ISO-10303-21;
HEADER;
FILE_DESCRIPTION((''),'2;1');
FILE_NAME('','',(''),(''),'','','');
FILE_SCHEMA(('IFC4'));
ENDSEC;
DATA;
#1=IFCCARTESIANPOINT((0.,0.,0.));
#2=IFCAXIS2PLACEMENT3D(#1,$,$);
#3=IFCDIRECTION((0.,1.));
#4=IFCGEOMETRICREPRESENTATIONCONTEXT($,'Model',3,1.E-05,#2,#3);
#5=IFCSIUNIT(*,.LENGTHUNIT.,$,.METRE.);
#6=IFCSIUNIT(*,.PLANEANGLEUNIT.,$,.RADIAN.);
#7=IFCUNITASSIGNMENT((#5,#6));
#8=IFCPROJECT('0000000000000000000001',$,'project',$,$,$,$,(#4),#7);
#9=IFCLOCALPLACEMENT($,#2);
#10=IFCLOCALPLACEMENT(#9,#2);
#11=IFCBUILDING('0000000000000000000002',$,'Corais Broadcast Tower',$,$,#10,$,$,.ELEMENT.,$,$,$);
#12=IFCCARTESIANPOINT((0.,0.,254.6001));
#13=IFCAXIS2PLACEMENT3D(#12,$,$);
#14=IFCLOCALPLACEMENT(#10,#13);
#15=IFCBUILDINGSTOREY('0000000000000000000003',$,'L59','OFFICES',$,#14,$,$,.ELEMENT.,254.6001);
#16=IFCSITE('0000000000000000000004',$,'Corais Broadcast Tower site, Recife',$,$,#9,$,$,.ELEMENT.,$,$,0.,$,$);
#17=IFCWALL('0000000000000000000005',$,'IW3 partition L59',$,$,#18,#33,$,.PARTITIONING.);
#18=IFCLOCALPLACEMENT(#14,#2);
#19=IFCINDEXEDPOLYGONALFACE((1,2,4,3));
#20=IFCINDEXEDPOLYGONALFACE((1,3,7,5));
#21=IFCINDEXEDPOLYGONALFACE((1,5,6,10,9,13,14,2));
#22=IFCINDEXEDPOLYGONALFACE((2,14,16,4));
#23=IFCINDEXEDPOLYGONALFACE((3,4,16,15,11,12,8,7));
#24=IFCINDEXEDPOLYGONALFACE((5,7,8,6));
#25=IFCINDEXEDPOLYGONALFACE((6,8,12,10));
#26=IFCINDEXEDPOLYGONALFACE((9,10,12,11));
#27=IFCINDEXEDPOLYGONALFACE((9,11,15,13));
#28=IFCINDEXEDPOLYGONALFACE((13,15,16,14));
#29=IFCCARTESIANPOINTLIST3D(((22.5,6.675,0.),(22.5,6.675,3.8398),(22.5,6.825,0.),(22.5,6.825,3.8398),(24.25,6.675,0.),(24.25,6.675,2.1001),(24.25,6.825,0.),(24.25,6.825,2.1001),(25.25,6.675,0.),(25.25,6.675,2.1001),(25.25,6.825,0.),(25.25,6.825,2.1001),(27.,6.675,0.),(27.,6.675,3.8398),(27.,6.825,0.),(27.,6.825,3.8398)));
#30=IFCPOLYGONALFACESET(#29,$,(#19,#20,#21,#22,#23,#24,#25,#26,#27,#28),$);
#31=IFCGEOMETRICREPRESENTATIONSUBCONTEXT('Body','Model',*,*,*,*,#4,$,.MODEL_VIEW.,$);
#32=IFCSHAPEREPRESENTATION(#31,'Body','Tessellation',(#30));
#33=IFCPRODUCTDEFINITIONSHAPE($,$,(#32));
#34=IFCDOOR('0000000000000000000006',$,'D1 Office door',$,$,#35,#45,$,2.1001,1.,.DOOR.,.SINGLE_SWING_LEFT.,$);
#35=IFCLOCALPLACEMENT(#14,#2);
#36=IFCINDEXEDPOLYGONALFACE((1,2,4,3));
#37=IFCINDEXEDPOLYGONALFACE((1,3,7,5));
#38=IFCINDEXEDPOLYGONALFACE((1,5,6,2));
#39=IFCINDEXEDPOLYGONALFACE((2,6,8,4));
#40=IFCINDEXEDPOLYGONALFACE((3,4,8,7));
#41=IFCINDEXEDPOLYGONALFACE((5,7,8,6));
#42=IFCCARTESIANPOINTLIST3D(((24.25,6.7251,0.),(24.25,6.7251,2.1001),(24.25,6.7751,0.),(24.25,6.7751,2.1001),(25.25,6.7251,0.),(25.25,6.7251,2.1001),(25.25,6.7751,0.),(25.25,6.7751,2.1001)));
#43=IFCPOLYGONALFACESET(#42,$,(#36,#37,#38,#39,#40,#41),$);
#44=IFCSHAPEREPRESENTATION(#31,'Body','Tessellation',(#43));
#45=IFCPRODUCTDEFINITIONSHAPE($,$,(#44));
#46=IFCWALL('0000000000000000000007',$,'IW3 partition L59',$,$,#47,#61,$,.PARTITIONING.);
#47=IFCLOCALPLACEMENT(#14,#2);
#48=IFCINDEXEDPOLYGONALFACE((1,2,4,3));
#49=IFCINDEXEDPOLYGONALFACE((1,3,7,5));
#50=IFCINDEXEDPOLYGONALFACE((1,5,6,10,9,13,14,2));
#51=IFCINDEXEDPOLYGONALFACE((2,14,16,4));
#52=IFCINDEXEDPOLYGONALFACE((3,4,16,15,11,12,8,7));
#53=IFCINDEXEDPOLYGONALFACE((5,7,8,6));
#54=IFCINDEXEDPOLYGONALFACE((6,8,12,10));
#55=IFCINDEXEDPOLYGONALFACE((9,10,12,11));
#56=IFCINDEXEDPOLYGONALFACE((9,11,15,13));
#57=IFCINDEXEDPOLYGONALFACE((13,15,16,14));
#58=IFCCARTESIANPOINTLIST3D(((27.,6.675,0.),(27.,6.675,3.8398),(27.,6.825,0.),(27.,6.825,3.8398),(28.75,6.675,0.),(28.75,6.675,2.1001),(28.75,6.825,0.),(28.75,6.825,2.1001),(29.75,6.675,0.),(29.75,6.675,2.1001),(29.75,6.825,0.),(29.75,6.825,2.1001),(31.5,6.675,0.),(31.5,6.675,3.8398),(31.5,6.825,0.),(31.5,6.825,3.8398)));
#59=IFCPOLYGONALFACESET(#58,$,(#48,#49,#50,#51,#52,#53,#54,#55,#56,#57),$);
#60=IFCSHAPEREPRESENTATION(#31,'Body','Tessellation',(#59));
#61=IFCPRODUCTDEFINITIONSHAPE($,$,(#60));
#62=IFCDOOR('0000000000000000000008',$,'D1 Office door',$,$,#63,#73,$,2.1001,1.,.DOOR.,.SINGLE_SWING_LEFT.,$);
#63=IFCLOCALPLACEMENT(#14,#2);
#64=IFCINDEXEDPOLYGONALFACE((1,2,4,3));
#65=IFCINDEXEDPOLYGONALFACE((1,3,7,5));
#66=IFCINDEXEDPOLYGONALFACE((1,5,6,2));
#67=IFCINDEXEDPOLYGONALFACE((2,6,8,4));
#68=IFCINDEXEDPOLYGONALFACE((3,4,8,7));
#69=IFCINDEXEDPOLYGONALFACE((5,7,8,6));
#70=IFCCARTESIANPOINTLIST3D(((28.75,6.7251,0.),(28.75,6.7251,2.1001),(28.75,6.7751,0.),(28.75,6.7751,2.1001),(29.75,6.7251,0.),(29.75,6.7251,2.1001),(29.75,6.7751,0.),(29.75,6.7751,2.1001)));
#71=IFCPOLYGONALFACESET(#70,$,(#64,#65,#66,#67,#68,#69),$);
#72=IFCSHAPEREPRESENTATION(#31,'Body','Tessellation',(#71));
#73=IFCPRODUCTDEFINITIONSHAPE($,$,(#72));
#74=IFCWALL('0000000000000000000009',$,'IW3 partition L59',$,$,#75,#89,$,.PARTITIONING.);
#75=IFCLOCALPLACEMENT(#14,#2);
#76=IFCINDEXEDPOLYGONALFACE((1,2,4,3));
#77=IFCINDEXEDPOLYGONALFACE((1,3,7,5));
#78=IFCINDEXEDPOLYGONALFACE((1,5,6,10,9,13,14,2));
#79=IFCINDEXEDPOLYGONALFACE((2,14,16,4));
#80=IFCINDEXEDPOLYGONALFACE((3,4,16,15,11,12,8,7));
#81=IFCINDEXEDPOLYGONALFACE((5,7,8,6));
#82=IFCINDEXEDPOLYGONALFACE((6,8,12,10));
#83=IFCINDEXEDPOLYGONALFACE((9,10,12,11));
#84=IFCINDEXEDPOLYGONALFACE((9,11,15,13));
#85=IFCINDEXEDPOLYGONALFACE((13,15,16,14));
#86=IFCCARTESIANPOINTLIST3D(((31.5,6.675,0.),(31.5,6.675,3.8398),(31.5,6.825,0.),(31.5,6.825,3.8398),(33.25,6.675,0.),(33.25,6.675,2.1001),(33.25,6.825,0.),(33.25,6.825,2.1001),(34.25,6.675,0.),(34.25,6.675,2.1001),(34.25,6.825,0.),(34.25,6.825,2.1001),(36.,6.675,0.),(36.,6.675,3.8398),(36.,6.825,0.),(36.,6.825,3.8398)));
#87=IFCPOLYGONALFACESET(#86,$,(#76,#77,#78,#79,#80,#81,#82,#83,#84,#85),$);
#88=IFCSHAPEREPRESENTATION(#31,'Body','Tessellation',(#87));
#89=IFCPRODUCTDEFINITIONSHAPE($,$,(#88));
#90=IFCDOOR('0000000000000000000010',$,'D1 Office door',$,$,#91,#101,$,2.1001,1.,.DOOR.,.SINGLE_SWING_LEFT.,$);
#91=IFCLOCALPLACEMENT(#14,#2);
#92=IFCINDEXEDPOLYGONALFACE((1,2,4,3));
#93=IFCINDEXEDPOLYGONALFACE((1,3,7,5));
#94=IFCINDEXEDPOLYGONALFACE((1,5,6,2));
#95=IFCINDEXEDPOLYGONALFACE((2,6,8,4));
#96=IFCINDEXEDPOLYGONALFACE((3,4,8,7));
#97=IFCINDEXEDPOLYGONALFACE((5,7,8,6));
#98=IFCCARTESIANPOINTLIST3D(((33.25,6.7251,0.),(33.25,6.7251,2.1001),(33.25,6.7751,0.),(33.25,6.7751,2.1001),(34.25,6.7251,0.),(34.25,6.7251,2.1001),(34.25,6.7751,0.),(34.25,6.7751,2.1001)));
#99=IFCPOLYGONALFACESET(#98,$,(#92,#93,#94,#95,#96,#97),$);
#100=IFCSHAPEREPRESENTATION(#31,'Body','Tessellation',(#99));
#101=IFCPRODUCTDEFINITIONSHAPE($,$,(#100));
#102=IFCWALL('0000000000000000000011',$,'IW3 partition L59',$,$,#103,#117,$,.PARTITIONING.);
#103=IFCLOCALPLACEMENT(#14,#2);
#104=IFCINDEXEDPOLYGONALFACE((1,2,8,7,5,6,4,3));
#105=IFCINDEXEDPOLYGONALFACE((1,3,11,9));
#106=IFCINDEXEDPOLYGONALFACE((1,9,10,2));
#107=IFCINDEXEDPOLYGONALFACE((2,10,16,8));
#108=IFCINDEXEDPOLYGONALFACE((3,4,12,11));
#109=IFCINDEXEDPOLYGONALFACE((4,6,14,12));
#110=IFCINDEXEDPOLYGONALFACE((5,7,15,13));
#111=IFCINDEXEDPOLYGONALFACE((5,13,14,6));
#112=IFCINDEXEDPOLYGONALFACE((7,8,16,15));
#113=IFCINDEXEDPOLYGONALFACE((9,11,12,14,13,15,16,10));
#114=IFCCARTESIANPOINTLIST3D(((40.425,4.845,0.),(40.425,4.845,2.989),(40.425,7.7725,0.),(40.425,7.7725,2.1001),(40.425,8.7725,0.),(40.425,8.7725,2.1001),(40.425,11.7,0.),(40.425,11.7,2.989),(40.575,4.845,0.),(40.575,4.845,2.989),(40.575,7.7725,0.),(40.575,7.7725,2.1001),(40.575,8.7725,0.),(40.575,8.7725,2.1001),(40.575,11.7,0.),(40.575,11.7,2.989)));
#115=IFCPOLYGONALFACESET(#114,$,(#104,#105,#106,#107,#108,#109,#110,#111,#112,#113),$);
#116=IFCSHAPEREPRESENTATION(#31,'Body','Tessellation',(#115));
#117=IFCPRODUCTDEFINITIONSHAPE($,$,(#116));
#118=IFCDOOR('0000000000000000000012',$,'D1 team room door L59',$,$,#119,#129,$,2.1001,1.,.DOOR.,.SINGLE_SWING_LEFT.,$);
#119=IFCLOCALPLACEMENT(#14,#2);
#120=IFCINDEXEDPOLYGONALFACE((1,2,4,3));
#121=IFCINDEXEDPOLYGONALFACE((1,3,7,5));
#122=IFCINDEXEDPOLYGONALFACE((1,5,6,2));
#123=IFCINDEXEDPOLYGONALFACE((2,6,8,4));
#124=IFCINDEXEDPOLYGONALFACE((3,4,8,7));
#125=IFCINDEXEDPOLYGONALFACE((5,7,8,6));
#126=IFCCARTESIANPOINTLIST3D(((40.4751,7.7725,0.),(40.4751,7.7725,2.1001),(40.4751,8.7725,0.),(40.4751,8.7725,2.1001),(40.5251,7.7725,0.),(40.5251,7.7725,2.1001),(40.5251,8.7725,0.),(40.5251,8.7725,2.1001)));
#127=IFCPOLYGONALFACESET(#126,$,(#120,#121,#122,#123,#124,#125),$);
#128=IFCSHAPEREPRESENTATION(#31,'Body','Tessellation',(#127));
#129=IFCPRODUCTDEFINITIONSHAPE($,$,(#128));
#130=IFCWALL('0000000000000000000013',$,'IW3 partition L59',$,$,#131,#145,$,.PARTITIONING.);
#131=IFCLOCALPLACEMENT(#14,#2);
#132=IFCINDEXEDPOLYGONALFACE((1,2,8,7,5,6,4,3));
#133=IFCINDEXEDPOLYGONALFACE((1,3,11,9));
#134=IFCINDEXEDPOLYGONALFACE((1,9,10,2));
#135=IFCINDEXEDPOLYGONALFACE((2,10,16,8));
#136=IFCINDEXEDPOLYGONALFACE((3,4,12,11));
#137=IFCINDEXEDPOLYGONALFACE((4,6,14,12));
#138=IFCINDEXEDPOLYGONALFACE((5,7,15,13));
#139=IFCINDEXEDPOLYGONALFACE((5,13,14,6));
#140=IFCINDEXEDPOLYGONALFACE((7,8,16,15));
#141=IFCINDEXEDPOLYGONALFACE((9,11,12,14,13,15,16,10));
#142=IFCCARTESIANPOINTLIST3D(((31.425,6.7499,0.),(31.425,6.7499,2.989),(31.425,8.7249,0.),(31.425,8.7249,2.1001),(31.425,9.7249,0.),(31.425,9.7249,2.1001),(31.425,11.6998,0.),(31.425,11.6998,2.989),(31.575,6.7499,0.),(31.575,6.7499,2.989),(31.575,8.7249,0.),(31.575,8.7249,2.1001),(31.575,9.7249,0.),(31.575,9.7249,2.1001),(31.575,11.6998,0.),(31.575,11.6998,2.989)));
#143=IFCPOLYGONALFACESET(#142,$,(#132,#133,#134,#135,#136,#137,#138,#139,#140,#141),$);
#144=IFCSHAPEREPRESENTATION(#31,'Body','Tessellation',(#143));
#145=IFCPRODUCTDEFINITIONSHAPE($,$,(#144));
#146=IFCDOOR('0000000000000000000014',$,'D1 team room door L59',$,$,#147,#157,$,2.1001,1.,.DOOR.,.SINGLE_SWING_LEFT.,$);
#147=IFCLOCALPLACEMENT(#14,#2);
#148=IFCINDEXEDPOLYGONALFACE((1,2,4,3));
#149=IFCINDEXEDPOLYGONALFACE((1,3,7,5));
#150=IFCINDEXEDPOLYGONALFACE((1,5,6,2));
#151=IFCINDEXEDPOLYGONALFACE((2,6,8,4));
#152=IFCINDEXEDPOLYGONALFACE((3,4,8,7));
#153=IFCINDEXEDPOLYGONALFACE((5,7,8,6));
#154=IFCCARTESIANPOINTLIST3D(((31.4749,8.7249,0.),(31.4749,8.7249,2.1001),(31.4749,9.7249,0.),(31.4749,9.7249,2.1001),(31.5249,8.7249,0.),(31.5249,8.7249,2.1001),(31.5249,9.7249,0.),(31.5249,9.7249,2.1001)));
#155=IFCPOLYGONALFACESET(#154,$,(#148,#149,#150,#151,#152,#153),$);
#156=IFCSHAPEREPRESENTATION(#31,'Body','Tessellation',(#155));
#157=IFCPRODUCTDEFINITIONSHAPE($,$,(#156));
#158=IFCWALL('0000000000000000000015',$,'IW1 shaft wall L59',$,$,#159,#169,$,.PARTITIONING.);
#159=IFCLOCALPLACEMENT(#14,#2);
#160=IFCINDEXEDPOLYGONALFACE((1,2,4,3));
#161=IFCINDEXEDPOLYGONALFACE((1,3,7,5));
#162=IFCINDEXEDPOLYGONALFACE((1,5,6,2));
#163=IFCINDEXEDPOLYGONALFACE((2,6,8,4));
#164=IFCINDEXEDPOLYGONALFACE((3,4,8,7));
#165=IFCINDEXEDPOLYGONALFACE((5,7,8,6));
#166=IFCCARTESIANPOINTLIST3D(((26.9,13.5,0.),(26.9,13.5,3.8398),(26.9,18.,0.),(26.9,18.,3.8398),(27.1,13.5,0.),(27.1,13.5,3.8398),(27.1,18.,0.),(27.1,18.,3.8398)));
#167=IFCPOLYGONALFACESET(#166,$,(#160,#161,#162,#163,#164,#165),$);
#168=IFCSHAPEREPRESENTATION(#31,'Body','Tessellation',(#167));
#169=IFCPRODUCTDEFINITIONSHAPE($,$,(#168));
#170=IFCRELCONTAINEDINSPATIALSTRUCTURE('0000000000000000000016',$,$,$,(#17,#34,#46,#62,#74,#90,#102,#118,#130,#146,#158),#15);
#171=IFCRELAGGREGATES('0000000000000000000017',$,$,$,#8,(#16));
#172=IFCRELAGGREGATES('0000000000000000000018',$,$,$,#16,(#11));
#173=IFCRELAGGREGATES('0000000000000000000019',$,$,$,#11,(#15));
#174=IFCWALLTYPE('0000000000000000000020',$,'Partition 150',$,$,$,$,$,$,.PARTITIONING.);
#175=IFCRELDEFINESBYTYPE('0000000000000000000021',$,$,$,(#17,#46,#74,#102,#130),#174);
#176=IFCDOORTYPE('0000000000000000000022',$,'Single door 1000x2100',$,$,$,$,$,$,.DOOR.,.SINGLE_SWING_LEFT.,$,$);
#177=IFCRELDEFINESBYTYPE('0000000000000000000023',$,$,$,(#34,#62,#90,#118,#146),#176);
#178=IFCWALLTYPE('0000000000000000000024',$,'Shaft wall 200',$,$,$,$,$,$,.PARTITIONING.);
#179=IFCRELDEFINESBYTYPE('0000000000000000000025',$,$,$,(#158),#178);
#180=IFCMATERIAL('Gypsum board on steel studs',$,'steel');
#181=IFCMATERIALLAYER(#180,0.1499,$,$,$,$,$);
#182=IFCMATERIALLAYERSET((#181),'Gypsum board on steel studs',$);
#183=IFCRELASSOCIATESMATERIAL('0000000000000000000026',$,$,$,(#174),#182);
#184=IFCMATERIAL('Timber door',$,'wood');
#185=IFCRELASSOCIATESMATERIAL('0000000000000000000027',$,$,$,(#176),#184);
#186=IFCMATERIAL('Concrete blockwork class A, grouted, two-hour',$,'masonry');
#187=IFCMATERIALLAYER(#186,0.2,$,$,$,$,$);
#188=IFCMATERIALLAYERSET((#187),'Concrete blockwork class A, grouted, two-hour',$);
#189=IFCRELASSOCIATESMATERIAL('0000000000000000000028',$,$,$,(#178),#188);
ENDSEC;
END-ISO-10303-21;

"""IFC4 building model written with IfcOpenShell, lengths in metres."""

from ifc_helpers import new_model, si_unit, direction, frame, frame_2d, origin, place, context, subcontext, project, spatial, rectangle, extrude, material, layer, layer_set, type_object, element, fill, save


model = new_model("IFC4")

# Units and contexts
model_context = context("Model", 3, precision=1e-05, world=origin(), true_north=direction((0.0, 1.0)))
body_context = subcontext(model_context, "Body", "Model", "MODEL_VIEW")
ifc_project = project(units=[si_unit("LENGTHUNIT", "METRE"), si_unit("PLANEANGLEUNIT", "RADIAN")], contexts=[model_context])

# Site, building, storey
site_placement = place(None, origin())
site = spatial("IfcSite", under=ifc_project, at=site_placement, Name="Corais Broadcast Tower site, Recife", CompositionType="ELEMENT", RefElevation=0.0)
building_placement = place(site_placement, origin())
building = spatial("IfcBuilding", under=site, at=building_placement, Name="Corais Broadcast Tower", CompositionType="ELEMENT")
storey_placement = place(building_placement, frame((0.0, 0.0, 254.6001)))
storey = spatial("IfcBuildingStorey", under=building, at=storey_placement, Name="L59", Description="OFFICES", CompositionType="ELEMENT", Elevation=254.6001)

# Walls, openings, doors
ifc_material_1 = material(Name="Gypsum board on steel studs", Category="steel")
ifc_layer_1 = layer(ifc_material_1, 0.1499)
ifc_layer_set_1 = layer_set([ifc_layer_1], Name="Gypsum board on steel studs")
wall_type_1 = type_object("IfcWallType", Name="Partition 150", PredefinedType="PARTITIONING", material=ifc_layer_set_1)
wall_1_placement = place(storey_placement, frame((27.0, 6.75, 0.0), z_axis=(0.0, 0.0, 1.0), x_axis=(-1.0, 0.0, 0.0)))
wall_1 = element("IfcWall", 1, at=wall_1_placement, inside=storey, type_object=wall_type_1, Name="IW3 partition L59", PredefinedType="PARTITIONING", context=body_context, shape_type="SweptSolid", body=[
    extrude(rectangle(XDim=4.5, YDim=0.1499, at=frame_2d((2.25, 0.0))), origin(), (0.0, 0.0, 1.0), 3.8398),
])
opening_1_placement = place(wall_1_placement, frame((1.75, 0.0, 0.0)))
opening_1 = element("IfcOpeningElement", 2, at=opening_1_placement, cuts=wall_1, PredefinedType="OPENING", context=body_context, shape_type="SweptSolid", body=[
    extrude(rectangle(XDim=1.0, YDim=2.1001, at=frame_2d((0.5, 1.05))), frame((0.0, 0.085, 0.0), z_axis=(0.0, -1.0, 0.0), x_axis=(1.0, 0.0, 0.0)), (0.0, 0.0, 1.0), 0.1699),
])
ifc_material_2 = material(Name="Timber door", Category="wood")
door_type = type_object("IfcDoorType", Name="Single door 1000x2100", OperationType="SINGLE_SWING_LEFT", PredefinedType="DOOR", material=ifc_material_2)
door_1_placement = place(opening_1_placement, origin())
door_1 = element("IfcDoor", 3, at=door_1_placement, inside=storey, type_object=door_type, Name="D1 Office door", OperationType="SINGLE_SWING_LEFT", OverallHeight=2.1001, OverallWidth=1.0, PredefinedType="DOOR", context=body_context, shape_type="SweptSolid", body=[
    extrude(rectangle(XDim=1.0, YDim=2.1001, at=frame_2d((0.5, 1.05))), frame((0.0, 0.0249, 0.0), z_axis=(0.0, -1.0, 0.0), x_axis=(1.0, 0.0, 0.0)), (0.0, 0.0, 1.0), 0.05),
])
fill(opening_1, door_1)
wall_2_placement = place(storey_placement, frame((31.5, 6.75, 0.0), z_axis=(0.0, 0.0, 1.0), x_axis=(-1.0, 0.0, 0.0)))
wall_2 = element("IfcWall", 4, at=wall_2_placement, inside=storey, type_object=wall_type_1, Name="IW3 partition L59", PredefinedType="PARTITIONING", context=body_context, shape_type="SweptSolid", body=[
    extrude(rectangle(XDim=4.5, YDim=0.1499, at=frame_2d((2.25, 0.0))), origin(), (0.0, 0.0, 1.0), 3.8398),
])
opening_2_placement = place(wall_2_placement, frame((1.75, 0.0, 0.0)))
opening_2 = element("IfcOpeningElement", 5, at=opening_2_placement, cuts=wall_2, PredefinedType="OPENING", context=body_context, shape_type="SweptSolid", body=[
    extrude(rectangle(XDim=1.0, YDim=2.1001, at=frame_2d((0.5, 1.05))), frame((0.0, 0.085, 0.0), z_axis=(0.0, -1.0, 0.0), x_axis=(1.0, 0.0, 0.0)), (0.0, 0.0, 1.0), 0.1699),
])
door_2_placement = place(opening_2_placement, origin())
door_2 = element("IfcDoor", 6, at=door_2_placement, inside=storey, type_object=door_type, Name="D1 Office door", OperationType="SINGLE_SWING_LEFT", OverallHeight=2.1001, OverallWidth=1.0, PredefinedType="DOOR", context=body_context, shape_type="SweptSolid", body=[
    extrude(rectangle(XDim=1.0, YDim=2.1001, at=frame_2d((0.5, 1.05))), frame((0.0, 0.0249, 0.0), z_axis=(0.0, -1.0, 0.0), x_axis=(1.0, 0.0, 0.0)), (0.0, 0.0, 1.0), 0.05),
])
fill(opening_2, door_2)
wall_3_placement = place(storey_placement, frame((36.0, 6.75, 0.0), z_axis=(0.0, 0.0, 1.0), x_axis=(-1.0, 0.0, 0.0)))
wall_3 = element("IfcWall", 7, at=wall_3_placement, inside=storey, type_object=wall_type_1, Name="IW3 partition L59", PredefinedType="PARTITIONING", context=body_context, shape_type="SweptSolid", body=[
    extrude(rectangle(XDim=4.5, YDim=0.1499, at=frame_2d((2.25, 0.0))), origin(), (0.0, 0.0, 1.0), 3.8398),
])
opening_3_placement = place(wall_3_placement, frame((1.75, 0.0, 0.0)))
opening_3 = element("IfcOpeningElement", 8, at=opening_3_placement, cuts=wall_3, PredefinedType="OPENING", context=body_context, shape_type="SweptSolid", body=[
    extrude(rectangle(XDim=1.0, YDim=2.1001, at=frame_2d((0.5, 1.05))), frame((0.0, 0.085, 0.0), z_axis=(0.0, -1.0, 0.0), x_axis=(1.0, 0.0, 0.0)), (0.0, 0.0, 1.0), 0.1699),
])
door_3_placement = place(opening_3_placement, origin())
door_3 = element("IfcDoor", 9, at=door_3_placement, inside=storey, type_object=door_type, Name="D1 Office door", OperationType="SINGLE_SWING_LEFT", OverallHeight=2.1001, OverallWidth=1.0, PredefinedType="DOOR", context=body_context, shape_type="SweptSolid", body=[
    extrude(rectangle(XDim=1.0, YDim=2.1001, at=frame_2d((0.5, 1.05))), frame((0.0, 0.0249, 0.0), z_axis=(0.0, -1.0, 0.0), x_axis=(1.0, 0.0, 0.0)), (0.0, 0.0, 1.0), 0.05),
])
fill(opening_3, door_3)
wall_4_placement = place(storey_placement, frame((40.5, 4.845, 0.0), z_axis=(0.0, 0.0, 1.0), x_axis=(0.0, 1.0, 0.0)))
wall_4 = element("IfcWall", 10, at=wall_4_placement, inside=storey, type_object=wall_type_1, Name="IW3 partition L59", PredefinedType="PARTITIONING", context=body_context, shape_type="SweptSolid", body=[
    extrude(rectangle(XDim=6.855, YDim=0.1499, at=frame_2d((3.4275, 0.0))), origin(), (0.0, 0.0, 1.0), 2.989),
])
opening_4_placement = place(wall_4_placement, frame((2.9275, 0.0, 0.0)))
opening_4 = element("IfcOpeningElement", 11, at=opening_4_placement, cuts=wall_4, PredefinedType="OPENING", context=body_context, shape_type="SweptSolid", body=[
    extrude(rectangle(XDim=1.0, YDim=2.1001, at=frame_2d((0.5, 1.05))), frame((0.0, 0.085, 0.0), z_axis=(0.0, -1.0, 0.0), x_axis=(1.0, 0.0, 0.0)), (0.0, 0.0, 1.0), 0.1699),
])
door_4_placement = place(opening_4_placement, origin())
door_4 = element("IfcDoor", 12, at=door_4_placement, inside=storey, type_object=door_type, Name="D1 team room door L59", OperationType="SINGLE_SWING_LEFT", OverallHeight=2.1001, OverallWidth=1.0, PredefinedType="DOOR", context=body_context, shape_type="SweptSolid", body=[
    extrude(rectangle(XDim=1.0, YDim=2.1001, at=frame_2d((0.5, 1.05))), frame((0.0, 0.0249, 0.0), z_axis=(0.0, -1.0, 0.0), x_axis=(1.0, 0.0, 0.0)), (0.0, 0.0, 1.0), 0.05),
])
fill(opening_4, door_4)
wall_5_placement = place(storey_placement, frame((31.5, 11.7, 0.0), z_axis=(0.0, 0.0, 1.0), x_axis=(0.0, -1.0, 0.0)))
wall_5 = element("IfcWall", 13, at=wall_5_placement, inside=storey, type_object=wall_type_1, Name="IW3 partition L59", PredefinedType="PARTITIONING", context=body_context, shape_type="SweptSolid", body=[
    extrude(rectangle(XDim=4.95, YDim=0.1499, at=frame_2d((2.4751, 0.0))), origin(), (0.0, 0.0, 1.0), 2.989),
])
opening_5_placement = place(wall_5_placement, frame((1.9751, 0.0, 0.0)))
opening_5 = element("IfcOpeningElement", 14, at=opening_5_placement, cuts=wall_5, PredefinedType="OPENING", context=body_context, shape_type="SweptSolid", body=[
    extrude(rectangle(XDim=1.0, YDim=2.1001, at=frame_2d((0.5, 1.05))), frame((0.0, 0.085, 0.0), z_axis=(0.0, -1.0, 0.0), x_axis=(1.0, 0.0, 0.0)), (0.0, 0.0, 1.0), 0.1699),
])
door_5_placement = place(opening_5_placement, origin())
door_5 = element("IfcDoor", 15, at=door_5_placement, inside=storey, type_object=door_type, Name="D1 team room door L59", OperationType="SINGLE_SWING_LEFT", OverallHeight=2.1001, OverallWidth=1.0, PredefinedType="DOOR", context=body_context, shape_type="SweptSolid", body=[
    extrude(rectangle(XDim=1.0, YDim=2.1001, at=frame_2d((0.5, 1.05))), frame((0.0, 0.0249, 0.0), z_axis=(0.0, -1.0, 0.0), x_axis=(1.0, 0.0, 0.0)), (0.0, 0.0, 1.0), 0.05),
])
fill(opening_5, door_5)

# Wall
ifc_material_3 = material(Name="Concrete blockwork class A, grouted, two-hour", Category="masonry")
ifc_layer_2 = layer(ifc_material_3, 0.2)
ifc_layer_set_2 = layer_set([ifc_layer_2], Name="Concrete blockwork class A, grouted, two-hour")
wall_type_2 = type_object("IfcWallType", Name="Shaft wall 200", PredefinedType="PARTITIONING", material=ifc_layer_set_2)
for number, where, z_axis, x_axis, name in (
    (16, (27.0, 13.5, 0.0), (0.0, 0.0, 1.0), (0.0, 1.0, 0.0), "IW1 shaft wall L59"),
):
    element("IfcWall", number, at=place(storey_placement, frame(where, z_axis=z_axis, x_axis=x_axis)), inside=storey, type_object=wall_type_2, Name=name, PredefinedType="PARTITIONING", context=body_context, shape_type="SweptSolid", body=[
        extrude(rectangle(XDim=4.5, YDim=0.2, at=frame_2d((2.25, 0.0))), origin(), (0.0, 0.0, 1.0), 3.8398),
    ])

save(model, "model.ifc")
